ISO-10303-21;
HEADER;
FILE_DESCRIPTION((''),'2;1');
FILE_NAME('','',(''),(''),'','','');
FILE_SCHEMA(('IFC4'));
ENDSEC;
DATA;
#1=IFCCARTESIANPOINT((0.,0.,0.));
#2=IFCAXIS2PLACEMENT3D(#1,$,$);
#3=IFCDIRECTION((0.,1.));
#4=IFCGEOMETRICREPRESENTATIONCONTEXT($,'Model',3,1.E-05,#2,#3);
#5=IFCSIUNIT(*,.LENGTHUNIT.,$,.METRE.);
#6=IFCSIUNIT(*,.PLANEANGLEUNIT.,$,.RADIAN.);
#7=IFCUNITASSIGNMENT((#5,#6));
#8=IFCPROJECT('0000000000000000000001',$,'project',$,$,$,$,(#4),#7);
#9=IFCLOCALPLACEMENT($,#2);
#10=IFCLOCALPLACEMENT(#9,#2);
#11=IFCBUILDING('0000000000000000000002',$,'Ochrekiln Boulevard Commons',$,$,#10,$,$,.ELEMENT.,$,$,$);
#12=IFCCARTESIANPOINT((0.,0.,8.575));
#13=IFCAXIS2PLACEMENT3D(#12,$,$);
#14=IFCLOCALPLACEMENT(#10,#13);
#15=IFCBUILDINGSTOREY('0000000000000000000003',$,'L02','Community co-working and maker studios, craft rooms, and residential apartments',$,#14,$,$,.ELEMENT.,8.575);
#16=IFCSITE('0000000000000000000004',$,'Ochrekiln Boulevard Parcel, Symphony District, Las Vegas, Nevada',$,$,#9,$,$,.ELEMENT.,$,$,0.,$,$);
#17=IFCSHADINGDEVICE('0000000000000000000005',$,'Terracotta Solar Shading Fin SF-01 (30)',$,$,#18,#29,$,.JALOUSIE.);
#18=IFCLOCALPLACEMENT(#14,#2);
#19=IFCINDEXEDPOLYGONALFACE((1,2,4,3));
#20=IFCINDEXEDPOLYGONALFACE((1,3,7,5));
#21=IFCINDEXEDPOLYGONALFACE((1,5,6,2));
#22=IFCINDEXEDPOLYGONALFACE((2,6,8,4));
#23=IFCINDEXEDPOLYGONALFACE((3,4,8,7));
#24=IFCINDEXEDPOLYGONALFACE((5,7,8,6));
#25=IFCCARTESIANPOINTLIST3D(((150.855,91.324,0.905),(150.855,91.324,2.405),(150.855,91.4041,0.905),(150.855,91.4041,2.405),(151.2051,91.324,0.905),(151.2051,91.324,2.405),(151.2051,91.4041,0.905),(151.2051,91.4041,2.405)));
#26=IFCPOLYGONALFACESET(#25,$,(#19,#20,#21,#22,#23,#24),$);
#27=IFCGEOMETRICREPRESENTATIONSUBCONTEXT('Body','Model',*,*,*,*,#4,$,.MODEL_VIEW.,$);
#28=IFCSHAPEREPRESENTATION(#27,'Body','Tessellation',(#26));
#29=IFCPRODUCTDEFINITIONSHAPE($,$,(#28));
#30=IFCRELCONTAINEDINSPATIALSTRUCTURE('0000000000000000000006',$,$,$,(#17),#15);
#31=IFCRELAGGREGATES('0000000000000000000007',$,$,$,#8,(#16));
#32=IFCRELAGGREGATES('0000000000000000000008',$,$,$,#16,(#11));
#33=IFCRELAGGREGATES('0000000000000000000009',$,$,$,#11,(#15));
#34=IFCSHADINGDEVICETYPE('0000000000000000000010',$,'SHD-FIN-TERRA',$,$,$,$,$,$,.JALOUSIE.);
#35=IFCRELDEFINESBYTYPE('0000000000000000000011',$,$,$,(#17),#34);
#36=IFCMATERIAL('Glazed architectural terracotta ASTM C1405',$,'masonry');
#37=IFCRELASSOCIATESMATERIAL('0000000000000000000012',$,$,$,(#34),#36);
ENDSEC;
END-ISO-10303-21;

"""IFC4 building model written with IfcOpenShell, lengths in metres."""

from ifc_helpers import new_model, si_unit, direction, frame, origin, origin_2d, place, context, subcontext, project, spatial, rectangle, extrude, material, type_object, element, save


model = new_model("IFC4")

# Units and contexts
model_context = context("Model", 3, precision=1e-05, world=origin(), true_north=direction((0.0, 1.0)))
body_context = subcontext(model_context, "Body", "Model", "MODEL_VIEW")
ifc_project = project(units=[si_unit("LENGTHUNIT", "METRE"), si_unit("PLANEANGLEUNIT", "RADIAN")], contexts=[model_context])

# Site, building, storey
site_placement = place(None, origin())
site = spatial("IfcSite", under=ifc_project, at=site_placement, Name="Ochrekiln Boulevard Parcel, Symphony District, Las Vegas, Nevada", CompositionType="ELEMENT", RefElevation=0.0)
building_placement = place(site_placement, origin())
building = spatial("IfcBuilding", under=site, at=building_placement, Name="Ochrekiln Boulevard Commons", CompositionType="ELEMENT")
storey_placement = place(building_placement, frame((0.0, 0.0, 8.575)))
storey = spatial("IfcBuildingStorey", under=building, at=storey_placement, Name="L02", Description="Community co-working and maker studios, craft rooms, and residential apartments", CompositionType="ELEMENT", Elevation=8.575)

# Shared definitions
ifc_material_1 = material(Name="Glazed architectural terracotta ASTM C1405", Category="masonry")

# Shading device
shading_device_type = type_object("IfcShadingDeviceType", Name="SHD-FIN-TERRA", PredefinedType="JALOUSIE", material=ifc_material_1)
shading_device_placement = place(storey_placement, frame((151.03, 91.364, 0.905), z_axis=(0.0, 0.0, 1.0), x_axis=(1.0, 0.0, 0.0)))
element("IfcShadingDevice", 1, at=shading_device_placement, inside=storey, type_object=shading_device_type, Name="Terracotta Solar Shading Fin SF-01 (30)", PredefinedType="JALOUSIE", context=body_context, shape_type="SweptSolid", body=[
    extrude(rectangle(XDim=0.3501, YDim=0.0801, at=origin_2d()), origin(), (0.0, 0.0, 1.0), 1.5),
])

save(model, "model.ifc")
